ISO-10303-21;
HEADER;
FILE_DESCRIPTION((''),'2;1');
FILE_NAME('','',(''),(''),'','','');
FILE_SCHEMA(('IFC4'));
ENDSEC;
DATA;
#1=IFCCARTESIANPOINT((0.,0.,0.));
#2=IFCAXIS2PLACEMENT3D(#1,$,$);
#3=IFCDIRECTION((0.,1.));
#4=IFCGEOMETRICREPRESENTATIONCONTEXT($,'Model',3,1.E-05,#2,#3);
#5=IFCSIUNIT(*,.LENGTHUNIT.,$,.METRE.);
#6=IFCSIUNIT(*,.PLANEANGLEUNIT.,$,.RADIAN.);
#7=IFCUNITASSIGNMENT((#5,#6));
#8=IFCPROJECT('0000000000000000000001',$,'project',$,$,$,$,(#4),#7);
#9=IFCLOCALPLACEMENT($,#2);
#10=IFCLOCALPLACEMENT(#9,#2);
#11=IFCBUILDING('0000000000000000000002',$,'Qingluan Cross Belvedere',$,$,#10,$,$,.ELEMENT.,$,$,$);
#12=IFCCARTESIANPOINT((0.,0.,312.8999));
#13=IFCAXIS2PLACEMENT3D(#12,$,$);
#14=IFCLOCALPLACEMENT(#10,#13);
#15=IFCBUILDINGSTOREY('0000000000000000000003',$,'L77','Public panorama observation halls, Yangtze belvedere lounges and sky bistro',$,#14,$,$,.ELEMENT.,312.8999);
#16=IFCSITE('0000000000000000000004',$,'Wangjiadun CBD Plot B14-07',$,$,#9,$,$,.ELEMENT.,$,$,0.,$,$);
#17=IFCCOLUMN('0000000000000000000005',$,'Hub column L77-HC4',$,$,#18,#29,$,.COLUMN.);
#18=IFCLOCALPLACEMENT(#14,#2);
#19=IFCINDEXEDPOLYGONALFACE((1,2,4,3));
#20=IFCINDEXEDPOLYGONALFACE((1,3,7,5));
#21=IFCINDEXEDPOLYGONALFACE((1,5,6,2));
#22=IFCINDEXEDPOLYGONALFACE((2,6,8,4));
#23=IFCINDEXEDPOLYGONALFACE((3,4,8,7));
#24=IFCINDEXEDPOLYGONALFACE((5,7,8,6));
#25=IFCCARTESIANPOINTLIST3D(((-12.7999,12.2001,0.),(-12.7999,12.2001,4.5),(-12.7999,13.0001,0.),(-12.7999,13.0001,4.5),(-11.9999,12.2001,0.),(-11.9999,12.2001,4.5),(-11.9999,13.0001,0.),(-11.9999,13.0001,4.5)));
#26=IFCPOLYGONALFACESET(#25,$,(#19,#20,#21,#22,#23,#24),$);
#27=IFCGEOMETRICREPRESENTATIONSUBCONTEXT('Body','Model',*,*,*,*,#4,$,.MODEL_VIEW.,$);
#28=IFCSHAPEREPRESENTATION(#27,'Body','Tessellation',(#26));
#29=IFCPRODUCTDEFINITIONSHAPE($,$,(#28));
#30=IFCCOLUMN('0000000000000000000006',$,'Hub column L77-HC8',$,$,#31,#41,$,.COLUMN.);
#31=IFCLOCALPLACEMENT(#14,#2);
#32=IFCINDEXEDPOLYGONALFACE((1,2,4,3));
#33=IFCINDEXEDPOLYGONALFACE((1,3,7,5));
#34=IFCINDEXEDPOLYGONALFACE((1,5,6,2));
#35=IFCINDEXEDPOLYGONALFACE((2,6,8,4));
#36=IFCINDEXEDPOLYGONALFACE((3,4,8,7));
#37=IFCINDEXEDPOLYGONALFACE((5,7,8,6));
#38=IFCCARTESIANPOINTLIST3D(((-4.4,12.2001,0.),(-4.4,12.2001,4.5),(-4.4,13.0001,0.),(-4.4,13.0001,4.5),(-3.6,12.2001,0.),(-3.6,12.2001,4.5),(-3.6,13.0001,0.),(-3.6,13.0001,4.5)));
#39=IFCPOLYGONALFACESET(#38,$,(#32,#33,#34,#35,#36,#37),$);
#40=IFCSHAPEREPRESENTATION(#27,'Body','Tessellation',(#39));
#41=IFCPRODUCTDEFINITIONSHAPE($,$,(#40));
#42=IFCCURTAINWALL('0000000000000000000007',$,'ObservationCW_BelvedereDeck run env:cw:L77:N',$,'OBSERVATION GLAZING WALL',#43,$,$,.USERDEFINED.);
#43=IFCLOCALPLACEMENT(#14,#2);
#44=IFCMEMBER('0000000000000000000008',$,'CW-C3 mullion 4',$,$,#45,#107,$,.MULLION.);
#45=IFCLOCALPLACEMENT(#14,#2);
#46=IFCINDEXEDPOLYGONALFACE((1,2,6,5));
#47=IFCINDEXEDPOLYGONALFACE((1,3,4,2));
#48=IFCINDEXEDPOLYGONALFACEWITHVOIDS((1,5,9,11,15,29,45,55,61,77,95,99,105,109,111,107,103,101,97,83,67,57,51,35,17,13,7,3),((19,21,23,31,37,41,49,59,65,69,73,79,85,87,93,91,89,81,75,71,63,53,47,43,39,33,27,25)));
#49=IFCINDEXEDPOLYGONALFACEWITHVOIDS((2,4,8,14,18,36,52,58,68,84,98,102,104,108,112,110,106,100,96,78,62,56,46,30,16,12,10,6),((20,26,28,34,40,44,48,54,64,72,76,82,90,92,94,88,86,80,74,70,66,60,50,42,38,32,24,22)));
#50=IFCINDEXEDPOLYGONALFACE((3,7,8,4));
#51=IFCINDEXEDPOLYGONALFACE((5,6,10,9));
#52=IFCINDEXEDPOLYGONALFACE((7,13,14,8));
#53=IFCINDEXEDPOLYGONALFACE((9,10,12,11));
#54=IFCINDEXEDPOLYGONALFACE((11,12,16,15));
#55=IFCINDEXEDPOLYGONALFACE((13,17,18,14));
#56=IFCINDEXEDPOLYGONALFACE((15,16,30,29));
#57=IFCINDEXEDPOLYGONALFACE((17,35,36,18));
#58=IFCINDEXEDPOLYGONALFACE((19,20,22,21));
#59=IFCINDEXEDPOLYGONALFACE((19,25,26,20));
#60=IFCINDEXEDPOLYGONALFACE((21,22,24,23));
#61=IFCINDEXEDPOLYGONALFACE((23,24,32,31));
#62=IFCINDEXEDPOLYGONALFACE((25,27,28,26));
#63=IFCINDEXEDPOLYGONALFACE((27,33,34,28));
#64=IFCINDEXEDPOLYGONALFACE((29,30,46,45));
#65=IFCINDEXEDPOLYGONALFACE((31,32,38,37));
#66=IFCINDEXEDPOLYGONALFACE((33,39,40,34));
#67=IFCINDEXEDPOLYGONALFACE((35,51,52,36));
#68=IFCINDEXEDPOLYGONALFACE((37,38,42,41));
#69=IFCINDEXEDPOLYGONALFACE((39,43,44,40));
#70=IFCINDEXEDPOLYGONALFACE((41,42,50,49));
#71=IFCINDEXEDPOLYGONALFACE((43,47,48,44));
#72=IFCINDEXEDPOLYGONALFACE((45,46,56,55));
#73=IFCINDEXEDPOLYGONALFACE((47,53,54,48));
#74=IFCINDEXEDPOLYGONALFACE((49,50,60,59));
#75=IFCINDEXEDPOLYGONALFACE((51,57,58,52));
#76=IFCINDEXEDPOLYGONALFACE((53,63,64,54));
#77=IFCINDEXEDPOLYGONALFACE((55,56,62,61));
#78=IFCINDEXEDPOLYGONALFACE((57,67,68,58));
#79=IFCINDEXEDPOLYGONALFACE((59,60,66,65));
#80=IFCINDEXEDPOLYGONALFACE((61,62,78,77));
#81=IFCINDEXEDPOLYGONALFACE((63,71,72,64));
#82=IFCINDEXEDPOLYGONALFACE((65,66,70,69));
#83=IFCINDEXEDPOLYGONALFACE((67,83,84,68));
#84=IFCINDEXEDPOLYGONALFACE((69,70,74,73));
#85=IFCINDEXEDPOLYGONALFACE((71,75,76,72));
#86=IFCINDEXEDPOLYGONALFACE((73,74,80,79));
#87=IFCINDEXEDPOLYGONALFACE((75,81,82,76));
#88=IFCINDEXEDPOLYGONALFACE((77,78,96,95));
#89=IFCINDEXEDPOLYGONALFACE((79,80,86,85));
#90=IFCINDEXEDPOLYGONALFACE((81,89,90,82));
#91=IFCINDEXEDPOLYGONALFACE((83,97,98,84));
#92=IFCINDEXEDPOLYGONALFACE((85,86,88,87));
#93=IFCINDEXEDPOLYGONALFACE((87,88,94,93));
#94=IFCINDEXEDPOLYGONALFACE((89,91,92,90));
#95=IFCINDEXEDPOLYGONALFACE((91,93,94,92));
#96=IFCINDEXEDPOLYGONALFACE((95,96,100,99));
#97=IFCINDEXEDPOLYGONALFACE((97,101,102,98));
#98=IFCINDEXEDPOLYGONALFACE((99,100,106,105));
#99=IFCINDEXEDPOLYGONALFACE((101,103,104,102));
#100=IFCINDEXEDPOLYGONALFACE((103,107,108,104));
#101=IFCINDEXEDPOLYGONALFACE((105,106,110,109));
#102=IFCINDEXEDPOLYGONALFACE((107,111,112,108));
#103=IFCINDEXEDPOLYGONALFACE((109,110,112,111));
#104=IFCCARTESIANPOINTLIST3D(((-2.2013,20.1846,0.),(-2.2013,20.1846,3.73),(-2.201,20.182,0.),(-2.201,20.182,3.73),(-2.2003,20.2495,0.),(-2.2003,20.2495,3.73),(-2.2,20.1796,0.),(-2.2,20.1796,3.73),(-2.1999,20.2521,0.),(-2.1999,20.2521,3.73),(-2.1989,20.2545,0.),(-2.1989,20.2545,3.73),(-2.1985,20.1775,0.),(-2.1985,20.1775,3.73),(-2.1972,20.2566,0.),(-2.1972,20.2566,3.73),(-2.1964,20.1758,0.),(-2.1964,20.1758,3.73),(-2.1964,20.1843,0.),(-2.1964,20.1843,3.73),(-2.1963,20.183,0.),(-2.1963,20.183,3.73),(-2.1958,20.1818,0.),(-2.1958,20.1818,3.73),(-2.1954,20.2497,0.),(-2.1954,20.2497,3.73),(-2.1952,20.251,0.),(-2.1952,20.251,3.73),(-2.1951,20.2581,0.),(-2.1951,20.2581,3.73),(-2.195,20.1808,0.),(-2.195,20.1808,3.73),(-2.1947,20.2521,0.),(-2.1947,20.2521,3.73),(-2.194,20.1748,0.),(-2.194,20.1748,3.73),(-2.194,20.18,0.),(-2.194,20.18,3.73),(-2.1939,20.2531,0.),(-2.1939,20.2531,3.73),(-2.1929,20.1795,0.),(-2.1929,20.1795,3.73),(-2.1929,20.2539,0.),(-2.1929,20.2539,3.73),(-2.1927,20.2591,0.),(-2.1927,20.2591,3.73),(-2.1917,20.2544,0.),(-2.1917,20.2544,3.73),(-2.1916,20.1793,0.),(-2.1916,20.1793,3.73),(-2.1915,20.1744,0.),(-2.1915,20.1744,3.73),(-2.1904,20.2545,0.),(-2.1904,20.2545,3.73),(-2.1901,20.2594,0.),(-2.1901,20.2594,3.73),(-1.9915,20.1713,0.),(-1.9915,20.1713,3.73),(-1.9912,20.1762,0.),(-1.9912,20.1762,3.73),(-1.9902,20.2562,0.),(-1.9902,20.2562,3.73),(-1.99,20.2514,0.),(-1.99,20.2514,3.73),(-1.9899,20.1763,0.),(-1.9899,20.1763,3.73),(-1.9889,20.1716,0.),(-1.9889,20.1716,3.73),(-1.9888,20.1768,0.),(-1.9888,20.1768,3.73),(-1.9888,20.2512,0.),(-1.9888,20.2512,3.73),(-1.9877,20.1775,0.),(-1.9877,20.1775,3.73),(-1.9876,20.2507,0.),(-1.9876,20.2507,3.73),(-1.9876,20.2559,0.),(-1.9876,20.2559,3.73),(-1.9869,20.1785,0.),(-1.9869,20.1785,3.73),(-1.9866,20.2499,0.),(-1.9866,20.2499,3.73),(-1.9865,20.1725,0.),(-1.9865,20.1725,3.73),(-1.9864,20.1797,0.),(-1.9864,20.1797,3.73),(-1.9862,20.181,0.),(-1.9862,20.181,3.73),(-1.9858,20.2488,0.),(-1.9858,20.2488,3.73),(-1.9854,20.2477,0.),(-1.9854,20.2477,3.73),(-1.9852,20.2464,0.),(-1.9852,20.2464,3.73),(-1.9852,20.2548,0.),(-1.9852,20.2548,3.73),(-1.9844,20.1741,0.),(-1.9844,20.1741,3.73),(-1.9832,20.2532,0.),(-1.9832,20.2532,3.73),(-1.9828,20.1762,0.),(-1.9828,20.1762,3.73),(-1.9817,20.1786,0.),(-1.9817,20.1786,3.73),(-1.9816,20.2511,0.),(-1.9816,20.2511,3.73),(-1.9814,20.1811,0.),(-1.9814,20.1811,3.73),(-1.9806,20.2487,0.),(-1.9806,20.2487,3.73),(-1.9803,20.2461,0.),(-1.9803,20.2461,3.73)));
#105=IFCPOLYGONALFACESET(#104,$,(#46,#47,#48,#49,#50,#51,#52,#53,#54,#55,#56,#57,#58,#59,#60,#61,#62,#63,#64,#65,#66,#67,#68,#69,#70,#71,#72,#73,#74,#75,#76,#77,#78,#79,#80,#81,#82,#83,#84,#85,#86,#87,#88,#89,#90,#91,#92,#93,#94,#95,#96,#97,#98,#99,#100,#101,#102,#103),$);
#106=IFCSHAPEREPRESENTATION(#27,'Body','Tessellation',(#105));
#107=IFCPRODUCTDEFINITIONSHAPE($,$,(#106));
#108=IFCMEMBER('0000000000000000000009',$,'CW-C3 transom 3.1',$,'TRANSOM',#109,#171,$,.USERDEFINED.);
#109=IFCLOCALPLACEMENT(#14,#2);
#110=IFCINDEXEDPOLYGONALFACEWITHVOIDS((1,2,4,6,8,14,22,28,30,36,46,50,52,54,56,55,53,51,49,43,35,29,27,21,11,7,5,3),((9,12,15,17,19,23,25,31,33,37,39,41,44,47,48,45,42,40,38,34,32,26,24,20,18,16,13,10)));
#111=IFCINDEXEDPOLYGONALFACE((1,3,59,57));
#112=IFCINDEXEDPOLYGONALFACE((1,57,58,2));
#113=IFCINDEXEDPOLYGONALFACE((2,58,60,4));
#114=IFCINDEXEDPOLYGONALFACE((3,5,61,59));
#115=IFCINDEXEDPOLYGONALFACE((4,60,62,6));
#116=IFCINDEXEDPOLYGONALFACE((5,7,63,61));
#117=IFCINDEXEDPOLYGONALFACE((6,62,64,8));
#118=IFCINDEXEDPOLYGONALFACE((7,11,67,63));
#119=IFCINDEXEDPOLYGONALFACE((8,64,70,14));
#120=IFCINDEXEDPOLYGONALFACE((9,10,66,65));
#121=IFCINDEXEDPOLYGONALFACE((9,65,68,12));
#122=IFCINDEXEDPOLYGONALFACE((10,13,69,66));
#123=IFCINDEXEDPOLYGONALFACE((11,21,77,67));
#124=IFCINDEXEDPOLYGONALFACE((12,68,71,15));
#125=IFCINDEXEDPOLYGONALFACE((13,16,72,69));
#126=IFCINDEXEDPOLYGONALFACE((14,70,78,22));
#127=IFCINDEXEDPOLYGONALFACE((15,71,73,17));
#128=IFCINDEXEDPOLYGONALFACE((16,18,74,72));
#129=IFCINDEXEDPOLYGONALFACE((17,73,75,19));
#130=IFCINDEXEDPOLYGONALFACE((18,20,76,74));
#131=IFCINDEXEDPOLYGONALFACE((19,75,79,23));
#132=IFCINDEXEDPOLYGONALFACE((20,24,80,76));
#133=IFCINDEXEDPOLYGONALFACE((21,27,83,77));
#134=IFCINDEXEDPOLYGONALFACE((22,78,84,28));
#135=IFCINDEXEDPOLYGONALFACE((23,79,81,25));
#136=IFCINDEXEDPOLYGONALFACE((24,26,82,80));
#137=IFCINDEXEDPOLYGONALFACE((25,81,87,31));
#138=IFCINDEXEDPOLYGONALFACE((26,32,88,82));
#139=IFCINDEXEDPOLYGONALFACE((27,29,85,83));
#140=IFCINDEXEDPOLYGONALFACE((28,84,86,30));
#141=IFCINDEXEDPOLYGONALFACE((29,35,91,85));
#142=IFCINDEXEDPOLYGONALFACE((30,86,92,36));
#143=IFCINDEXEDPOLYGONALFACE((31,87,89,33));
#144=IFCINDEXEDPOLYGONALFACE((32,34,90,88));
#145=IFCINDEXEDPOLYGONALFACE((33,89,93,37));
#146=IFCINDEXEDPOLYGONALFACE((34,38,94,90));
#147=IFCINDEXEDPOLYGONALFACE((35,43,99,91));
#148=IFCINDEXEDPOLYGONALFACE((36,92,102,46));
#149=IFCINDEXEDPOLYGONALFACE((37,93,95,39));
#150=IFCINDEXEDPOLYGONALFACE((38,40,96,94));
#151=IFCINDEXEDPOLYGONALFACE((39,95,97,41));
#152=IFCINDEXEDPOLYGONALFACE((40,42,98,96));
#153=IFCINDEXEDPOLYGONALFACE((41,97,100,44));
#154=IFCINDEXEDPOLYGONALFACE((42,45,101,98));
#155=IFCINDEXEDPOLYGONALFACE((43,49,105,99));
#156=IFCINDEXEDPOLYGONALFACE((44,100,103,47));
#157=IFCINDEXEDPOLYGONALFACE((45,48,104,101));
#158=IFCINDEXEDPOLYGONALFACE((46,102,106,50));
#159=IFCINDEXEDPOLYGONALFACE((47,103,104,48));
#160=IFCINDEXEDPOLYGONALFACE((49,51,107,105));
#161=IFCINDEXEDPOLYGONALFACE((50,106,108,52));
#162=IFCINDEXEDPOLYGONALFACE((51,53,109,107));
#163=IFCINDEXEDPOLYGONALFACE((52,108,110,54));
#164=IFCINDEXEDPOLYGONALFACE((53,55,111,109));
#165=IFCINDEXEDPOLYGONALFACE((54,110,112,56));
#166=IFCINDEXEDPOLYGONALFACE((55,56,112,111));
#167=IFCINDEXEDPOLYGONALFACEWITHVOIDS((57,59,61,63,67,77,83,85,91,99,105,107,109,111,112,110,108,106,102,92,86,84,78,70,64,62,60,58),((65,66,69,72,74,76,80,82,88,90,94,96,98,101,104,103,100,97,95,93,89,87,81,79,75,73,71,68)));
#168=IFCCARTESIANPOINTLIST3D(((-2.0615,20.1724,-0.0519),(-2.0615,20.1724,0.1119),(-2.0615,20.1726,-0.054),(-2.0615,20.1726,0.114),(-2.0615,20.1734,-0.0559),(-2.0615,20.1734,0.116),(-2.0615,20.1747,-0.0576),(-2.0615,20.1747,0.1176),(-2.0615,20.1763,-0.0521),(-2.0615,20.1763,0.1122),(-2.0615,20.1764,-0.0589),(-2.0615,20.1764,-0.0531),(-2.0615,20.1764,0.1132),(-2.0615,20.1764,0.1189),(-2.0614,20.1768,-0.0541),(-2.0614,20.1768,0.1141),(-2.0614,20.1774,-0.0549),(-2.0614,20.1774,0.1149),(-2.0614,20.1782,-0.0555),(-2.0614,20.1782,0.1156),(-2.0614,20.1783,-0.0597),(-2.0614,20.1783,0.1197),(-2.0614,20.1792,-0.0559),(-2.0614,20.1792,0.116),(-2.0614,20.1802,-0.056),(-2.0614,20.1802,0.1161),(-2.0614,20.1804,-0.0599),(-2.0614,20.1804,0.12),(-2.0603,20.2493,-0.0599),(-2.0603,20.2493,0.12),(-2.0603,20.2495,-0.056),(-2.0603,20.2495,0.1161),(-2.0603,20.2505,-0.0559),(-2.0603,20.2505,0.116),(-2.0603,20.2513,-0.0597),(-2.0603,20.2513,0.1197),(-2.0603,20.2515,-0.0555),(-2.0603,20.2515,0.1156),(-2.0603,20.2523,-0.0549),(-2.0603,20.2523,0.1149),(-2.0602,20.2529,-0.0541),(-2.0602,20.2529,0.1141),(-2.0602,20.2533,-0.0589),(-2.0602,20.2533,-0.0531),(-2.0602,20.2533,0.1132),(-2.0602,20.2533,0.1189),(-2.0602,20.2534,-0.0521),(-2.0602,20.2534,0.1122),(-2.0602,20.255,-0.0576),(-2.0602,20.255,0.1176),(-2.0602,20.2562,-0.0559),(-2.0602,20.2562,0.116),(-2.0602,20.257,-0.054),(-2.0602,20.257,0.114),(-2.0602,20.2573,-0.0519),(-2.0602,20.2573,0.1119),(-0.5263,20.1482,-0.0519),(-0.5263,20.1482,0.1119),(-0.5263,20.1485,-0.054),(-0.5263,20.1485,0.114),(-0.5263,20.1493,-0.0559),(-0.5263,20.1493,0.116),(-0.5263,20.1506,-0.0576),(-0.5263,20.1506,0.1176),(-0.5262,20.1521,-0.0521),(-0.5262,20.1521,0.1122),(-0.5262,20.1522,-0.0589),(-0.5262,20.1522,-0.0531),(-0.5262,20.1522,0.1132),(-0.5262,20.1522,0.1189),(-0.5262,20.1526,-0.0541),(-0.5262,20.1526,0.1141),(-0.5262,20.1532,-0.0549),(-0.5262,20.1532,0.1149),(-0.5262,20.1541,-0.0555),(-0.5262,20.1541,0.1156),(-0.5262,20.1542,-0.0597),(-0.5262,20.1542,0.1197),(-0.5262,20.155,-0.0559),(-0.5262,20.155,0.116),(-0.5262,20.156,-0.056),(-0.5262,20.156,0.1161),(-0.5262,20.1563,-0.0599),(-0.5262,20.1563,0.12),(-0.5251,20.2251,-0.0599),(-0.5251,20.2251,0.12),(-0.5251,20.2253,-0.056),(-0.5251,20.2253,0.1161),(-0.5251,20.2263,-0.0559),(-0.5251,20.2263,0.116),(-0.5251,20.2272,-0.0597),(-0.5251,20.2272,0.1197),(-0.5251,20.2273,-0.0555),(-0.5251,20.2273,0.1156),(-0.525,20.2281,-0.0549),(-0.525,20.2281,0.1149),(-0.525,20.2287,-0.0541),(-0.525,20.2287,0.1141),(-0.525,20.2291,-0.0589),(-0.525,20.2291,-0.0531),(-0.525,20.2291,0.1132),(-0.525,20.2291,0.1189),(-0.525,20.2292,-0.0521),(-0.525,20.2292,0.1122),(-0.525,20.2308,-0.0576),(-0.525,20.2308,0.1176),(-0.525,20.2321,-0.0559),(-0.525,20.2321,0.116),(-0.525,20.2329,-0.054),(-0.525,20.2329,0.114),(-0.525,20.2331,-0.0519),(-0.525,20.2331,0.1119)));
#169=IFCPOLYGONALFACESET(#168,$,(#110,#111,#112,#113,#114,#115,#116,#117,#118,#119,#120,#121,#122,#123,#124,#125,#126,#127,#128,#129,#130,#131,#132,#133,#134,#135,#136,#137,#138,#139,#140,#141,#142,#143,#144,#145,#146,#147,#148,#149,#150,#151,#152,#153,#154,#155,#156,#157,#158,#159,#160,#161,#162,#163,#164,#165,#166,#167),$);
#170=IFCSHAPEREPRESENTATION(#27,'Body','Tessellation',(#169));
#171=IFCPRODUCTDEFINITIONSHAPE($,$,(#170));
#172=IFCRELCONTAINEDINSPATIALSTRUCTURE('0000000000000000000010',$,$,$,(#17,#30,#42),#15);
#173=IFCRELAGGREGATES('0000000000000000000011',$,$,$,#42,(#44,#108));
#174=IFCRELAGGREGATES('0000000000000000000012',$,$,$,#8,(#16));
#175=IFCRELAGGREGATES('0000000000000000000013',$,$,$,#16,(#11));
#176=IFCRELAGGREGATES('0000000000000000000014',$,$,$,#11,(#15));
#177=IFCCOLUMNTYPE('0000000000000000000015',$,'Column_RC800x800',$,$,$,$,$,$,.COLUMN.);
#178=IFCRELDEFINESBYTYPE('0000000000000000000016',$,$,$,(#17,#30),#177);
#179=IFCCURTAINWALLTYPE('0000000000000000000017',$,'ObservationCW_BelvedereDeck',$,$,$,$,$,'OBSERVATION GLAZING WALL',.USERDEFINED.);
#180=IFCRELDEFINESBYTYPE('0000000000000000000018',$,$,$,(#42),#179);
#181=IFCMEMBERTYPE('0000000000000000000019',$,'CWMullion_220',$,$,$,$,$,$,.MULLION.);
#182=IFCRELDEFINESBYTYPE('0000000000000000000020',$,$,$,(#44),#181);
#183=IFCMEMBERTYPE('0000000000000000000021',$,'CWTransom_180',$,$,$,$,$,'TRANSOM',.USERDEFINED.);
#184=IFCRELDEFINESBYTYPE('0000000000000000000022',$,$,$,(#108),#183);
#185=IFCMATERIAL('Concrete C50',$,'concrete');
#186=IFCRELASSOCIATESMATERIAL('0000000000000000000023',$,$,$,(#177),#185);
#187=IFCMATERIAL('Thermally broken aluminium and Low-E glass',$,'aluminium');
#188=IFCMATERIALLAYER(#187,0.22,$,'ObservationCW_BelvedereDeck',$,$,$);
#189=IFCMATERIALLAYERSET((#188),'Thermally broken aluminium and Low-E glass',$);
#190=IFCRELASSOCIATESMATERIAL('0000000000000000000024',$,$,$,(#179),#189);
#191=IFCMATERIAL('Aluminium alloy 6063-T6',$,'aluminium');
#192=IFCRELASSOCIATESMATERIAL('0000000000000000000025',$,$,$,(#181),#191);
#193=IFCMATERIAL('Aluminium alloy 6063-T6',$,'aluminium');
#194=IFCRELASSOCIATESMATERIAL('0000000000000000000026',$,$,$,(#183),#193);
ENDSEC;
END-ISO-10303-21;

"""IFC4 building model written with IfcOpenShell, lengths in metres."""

from ifc_helpers import new_model, si_unit, direction, frame, origin, origin_2d, place, context, subcontext, project, spatial, rectangle, hollow_rectangle, extrude, material, layer, layer_set, material_profile, profile_set, type_object, element, aggregate, save


model = new_model("IFC4")

# Units and contexts
model_context = context("Model", 3, precision=1e-05, world=origin(), true_north=direction((0.0, 1.0)))
body_context = subcontext(model_context, "Body", "Model", "MODEL_VIEW")
ifc_project = project(units=[si_unit("LENGTHUNIT", "METRE"), si_unit("PLANEANGLEUNIT", "RADIAN")], contexts=[model_context])

# Site, building, storey
site_placement = place(None, origin())
site = spatial("IfcSite", under=ifc_project, at=site_placement, Name="Wangjiadun CBD Plot B14-07", CompositionType="ELEMENT", RefElevation=0.0)
building_placement = place(site_placement, origin())
building = spatial("IfcBuilding", under=site, at=building_placement, Name="Qingluan Cross Belvedere", CompositionType="ELEMENT")
storey_placement = place(building_placement, frame((0.0, 0.0, 312.8999)))
storey = spatial("IfcBuildingStorey", under=building, at=storey_placement, Name="L77", Description="Public panorama observation halls, Yangtze belvedere lounges and sky bistro", CompositionType="ELEMENT", Elevation=312.8999)

# Columns
ifc_material_1 = material(Name="Concrete C50", Category="concrete")
ifc_material_profile_1 = material_profile(ifc_material_1, rectangle(XDim=0.8, YDim=0.8, at=origin_2d()), Name="RC800x800")
ifc_profile_set_1 = profile_set([ifc_material_profile_1], Name="Concrete C50")
column_type = type_object("IfcColumnType", Name="Column_RC800x800", PredefinedType="COLUMN", material=ifc_profile_set_1)
for number, where, z_axis, x_axis, name in (
    (1, (-12.3999, 12.6001, 0.0), (0.0, 0.0, 1.0), (1.0, 0.0, 0.0), "Hub column L77-HC4"),
    (2, (-4.0, 12.6001, 0.0), (0.0, 0.0, 1.0), (1.0, 0.0, 0.0), "Hub column L77-HC8"),
):
    element("IfcColumn", number, at=place(storey_placement, frame(where, z_axis=z_axis, x_axis=x_axis)), inside=storey, type_object=column_type, Name=name, PredefinedType="COLUMN", context=body_context, shape_type="SweptSolid", body=[
        extrude(rectangle(XDim=0.8, YDim=0.8, at=origin_2d()), origin(), (0.0, 0.0, 1.0), 4.5),
    ])

# Curtain wall, members
ifc_material_2 = material(Name="Thermally broken aluminium and Low-E glass", Category="aluminium")
ifc_layer_1 = layer(ifc_material_2, 0.22, Name="ObservationCW_BelvedereDeck")
ifc_layer_set_1 = layer_set([ifc_layer_1], Name="Thermally broken aluminium and Low-E glass")
curtain_wall_type = type_object("IfcCurtainWallType", Name="ObservationCW_BelvedereDeck", ElementType="OBSERVATION GLAZING WALL", PredefinedType="USERDEFINED", material=ifc_layer_set_1)
curtain_wall_placement = place(storey_placement, origin())
curtain_wall = element("IfcCurtainWall", 3, at=curtain_wall_placement, inside=storey, type_object=curtain_wall_type, Name="ObservationCW_BelvedereDeck run env:cw:L77:N", ObjectType="OBSERVATION GLAZING WALL", PredefinedType="USERDEFINED")
ifc_material_3 = material(Name="Aluminium alloy 6063-T6", Category="aluminium")
ifc_material_profile_2 = material_profile(ifc_material_3, hollow_rectangle(XDim=0.085, YDim=0.22, WallThickness=0.0049, InnerFilletRadius=0.0049, OuterFilletRadius=0.01, at=origin_2d()), Name="CWM220x85x5")
ifc_profile_set_2 = profile_set([ifc_material_profile_2], Name="Aluminium alloy 6063-T6")
member_type_1 = type_object("IfcMemberType", Name="CWMullion_220", PredefinedType="MULLION", material=ifc_profile_set_2)
member_1_placement = place(storey_placement, frame((-2.0908, 20.2153, 0.0), z_axis=(0.0, 0.0, 1.0), x_axis=(-0.01571, -0.999877, 0.0)))
member_1 = element("IfcMember", 4, at=member_1_placement, type_object=member_type_1, Name="CW-C3 mullion 4", PredefinedType="MULLION", context=body_context, shape_type="SweptSolid", body=[
    extrude(hollow_rectangle(XDim=0.085, YDim=0.22, WallThickness=0.0049, InnerFilletRadius=0.0049, OuterFilletRadius=0.01, at=origin_2d()), origin(), (0.0, 0.0, 1.0), 3.73),
])
ifc_material_4 = material(Name="Aluminium alloy 6063-T6", Category="aluminium")
ifc_material_profile_3 = material_profile(ifc_material_4, hollow_rectangle(XDim=0.085, YDim=0.1799, WallThickness=0.0039, InnerFilletRadius=0.0039, OuterFilletRadius=0.0081, at=origin_2d()), Name="CWT180x85x4")
ifc_profile_set_3 = profile_set([ifc_material_profile_3], Name="Aluminium alloy 6063-T6")
member_type_2 = type_object("IfcMemberType", Name="CWTransom_180", ElementType="TRANSOM", PredefinedType="USERDEFINED", material=ifc_profile_set_3)
member_2_placement = place(storey_placement, frame((-0.5256, 20.1907, 0.03), z_axis=(-0.999876, 0.015742, 0.0), x_axis=(-0.015742, -0.999876, 0.0)))
member_2 = element("IfcMember", 5, at=member_2_placement, type_object=member_type_2, Name="CW-C3 transom 3.1", ObjectType="TRANSOM", PredefinedType="USERDEFINED", context=body_context, shape_type="SweptSolid", body=[
    extrude(hollow_rectangle(XDim=0.085, YDim=0.1799, WallThickness=0.0039, InnerFilletRadius=0.0039, OuterFilletRadius=0.0081, at=origin_2d()), origin(), (0.0, 0.0, 1.0), 1.5354),
])

aggregate(curtain_wall, [member_1, member_2])

save(model, "model.ifc")
